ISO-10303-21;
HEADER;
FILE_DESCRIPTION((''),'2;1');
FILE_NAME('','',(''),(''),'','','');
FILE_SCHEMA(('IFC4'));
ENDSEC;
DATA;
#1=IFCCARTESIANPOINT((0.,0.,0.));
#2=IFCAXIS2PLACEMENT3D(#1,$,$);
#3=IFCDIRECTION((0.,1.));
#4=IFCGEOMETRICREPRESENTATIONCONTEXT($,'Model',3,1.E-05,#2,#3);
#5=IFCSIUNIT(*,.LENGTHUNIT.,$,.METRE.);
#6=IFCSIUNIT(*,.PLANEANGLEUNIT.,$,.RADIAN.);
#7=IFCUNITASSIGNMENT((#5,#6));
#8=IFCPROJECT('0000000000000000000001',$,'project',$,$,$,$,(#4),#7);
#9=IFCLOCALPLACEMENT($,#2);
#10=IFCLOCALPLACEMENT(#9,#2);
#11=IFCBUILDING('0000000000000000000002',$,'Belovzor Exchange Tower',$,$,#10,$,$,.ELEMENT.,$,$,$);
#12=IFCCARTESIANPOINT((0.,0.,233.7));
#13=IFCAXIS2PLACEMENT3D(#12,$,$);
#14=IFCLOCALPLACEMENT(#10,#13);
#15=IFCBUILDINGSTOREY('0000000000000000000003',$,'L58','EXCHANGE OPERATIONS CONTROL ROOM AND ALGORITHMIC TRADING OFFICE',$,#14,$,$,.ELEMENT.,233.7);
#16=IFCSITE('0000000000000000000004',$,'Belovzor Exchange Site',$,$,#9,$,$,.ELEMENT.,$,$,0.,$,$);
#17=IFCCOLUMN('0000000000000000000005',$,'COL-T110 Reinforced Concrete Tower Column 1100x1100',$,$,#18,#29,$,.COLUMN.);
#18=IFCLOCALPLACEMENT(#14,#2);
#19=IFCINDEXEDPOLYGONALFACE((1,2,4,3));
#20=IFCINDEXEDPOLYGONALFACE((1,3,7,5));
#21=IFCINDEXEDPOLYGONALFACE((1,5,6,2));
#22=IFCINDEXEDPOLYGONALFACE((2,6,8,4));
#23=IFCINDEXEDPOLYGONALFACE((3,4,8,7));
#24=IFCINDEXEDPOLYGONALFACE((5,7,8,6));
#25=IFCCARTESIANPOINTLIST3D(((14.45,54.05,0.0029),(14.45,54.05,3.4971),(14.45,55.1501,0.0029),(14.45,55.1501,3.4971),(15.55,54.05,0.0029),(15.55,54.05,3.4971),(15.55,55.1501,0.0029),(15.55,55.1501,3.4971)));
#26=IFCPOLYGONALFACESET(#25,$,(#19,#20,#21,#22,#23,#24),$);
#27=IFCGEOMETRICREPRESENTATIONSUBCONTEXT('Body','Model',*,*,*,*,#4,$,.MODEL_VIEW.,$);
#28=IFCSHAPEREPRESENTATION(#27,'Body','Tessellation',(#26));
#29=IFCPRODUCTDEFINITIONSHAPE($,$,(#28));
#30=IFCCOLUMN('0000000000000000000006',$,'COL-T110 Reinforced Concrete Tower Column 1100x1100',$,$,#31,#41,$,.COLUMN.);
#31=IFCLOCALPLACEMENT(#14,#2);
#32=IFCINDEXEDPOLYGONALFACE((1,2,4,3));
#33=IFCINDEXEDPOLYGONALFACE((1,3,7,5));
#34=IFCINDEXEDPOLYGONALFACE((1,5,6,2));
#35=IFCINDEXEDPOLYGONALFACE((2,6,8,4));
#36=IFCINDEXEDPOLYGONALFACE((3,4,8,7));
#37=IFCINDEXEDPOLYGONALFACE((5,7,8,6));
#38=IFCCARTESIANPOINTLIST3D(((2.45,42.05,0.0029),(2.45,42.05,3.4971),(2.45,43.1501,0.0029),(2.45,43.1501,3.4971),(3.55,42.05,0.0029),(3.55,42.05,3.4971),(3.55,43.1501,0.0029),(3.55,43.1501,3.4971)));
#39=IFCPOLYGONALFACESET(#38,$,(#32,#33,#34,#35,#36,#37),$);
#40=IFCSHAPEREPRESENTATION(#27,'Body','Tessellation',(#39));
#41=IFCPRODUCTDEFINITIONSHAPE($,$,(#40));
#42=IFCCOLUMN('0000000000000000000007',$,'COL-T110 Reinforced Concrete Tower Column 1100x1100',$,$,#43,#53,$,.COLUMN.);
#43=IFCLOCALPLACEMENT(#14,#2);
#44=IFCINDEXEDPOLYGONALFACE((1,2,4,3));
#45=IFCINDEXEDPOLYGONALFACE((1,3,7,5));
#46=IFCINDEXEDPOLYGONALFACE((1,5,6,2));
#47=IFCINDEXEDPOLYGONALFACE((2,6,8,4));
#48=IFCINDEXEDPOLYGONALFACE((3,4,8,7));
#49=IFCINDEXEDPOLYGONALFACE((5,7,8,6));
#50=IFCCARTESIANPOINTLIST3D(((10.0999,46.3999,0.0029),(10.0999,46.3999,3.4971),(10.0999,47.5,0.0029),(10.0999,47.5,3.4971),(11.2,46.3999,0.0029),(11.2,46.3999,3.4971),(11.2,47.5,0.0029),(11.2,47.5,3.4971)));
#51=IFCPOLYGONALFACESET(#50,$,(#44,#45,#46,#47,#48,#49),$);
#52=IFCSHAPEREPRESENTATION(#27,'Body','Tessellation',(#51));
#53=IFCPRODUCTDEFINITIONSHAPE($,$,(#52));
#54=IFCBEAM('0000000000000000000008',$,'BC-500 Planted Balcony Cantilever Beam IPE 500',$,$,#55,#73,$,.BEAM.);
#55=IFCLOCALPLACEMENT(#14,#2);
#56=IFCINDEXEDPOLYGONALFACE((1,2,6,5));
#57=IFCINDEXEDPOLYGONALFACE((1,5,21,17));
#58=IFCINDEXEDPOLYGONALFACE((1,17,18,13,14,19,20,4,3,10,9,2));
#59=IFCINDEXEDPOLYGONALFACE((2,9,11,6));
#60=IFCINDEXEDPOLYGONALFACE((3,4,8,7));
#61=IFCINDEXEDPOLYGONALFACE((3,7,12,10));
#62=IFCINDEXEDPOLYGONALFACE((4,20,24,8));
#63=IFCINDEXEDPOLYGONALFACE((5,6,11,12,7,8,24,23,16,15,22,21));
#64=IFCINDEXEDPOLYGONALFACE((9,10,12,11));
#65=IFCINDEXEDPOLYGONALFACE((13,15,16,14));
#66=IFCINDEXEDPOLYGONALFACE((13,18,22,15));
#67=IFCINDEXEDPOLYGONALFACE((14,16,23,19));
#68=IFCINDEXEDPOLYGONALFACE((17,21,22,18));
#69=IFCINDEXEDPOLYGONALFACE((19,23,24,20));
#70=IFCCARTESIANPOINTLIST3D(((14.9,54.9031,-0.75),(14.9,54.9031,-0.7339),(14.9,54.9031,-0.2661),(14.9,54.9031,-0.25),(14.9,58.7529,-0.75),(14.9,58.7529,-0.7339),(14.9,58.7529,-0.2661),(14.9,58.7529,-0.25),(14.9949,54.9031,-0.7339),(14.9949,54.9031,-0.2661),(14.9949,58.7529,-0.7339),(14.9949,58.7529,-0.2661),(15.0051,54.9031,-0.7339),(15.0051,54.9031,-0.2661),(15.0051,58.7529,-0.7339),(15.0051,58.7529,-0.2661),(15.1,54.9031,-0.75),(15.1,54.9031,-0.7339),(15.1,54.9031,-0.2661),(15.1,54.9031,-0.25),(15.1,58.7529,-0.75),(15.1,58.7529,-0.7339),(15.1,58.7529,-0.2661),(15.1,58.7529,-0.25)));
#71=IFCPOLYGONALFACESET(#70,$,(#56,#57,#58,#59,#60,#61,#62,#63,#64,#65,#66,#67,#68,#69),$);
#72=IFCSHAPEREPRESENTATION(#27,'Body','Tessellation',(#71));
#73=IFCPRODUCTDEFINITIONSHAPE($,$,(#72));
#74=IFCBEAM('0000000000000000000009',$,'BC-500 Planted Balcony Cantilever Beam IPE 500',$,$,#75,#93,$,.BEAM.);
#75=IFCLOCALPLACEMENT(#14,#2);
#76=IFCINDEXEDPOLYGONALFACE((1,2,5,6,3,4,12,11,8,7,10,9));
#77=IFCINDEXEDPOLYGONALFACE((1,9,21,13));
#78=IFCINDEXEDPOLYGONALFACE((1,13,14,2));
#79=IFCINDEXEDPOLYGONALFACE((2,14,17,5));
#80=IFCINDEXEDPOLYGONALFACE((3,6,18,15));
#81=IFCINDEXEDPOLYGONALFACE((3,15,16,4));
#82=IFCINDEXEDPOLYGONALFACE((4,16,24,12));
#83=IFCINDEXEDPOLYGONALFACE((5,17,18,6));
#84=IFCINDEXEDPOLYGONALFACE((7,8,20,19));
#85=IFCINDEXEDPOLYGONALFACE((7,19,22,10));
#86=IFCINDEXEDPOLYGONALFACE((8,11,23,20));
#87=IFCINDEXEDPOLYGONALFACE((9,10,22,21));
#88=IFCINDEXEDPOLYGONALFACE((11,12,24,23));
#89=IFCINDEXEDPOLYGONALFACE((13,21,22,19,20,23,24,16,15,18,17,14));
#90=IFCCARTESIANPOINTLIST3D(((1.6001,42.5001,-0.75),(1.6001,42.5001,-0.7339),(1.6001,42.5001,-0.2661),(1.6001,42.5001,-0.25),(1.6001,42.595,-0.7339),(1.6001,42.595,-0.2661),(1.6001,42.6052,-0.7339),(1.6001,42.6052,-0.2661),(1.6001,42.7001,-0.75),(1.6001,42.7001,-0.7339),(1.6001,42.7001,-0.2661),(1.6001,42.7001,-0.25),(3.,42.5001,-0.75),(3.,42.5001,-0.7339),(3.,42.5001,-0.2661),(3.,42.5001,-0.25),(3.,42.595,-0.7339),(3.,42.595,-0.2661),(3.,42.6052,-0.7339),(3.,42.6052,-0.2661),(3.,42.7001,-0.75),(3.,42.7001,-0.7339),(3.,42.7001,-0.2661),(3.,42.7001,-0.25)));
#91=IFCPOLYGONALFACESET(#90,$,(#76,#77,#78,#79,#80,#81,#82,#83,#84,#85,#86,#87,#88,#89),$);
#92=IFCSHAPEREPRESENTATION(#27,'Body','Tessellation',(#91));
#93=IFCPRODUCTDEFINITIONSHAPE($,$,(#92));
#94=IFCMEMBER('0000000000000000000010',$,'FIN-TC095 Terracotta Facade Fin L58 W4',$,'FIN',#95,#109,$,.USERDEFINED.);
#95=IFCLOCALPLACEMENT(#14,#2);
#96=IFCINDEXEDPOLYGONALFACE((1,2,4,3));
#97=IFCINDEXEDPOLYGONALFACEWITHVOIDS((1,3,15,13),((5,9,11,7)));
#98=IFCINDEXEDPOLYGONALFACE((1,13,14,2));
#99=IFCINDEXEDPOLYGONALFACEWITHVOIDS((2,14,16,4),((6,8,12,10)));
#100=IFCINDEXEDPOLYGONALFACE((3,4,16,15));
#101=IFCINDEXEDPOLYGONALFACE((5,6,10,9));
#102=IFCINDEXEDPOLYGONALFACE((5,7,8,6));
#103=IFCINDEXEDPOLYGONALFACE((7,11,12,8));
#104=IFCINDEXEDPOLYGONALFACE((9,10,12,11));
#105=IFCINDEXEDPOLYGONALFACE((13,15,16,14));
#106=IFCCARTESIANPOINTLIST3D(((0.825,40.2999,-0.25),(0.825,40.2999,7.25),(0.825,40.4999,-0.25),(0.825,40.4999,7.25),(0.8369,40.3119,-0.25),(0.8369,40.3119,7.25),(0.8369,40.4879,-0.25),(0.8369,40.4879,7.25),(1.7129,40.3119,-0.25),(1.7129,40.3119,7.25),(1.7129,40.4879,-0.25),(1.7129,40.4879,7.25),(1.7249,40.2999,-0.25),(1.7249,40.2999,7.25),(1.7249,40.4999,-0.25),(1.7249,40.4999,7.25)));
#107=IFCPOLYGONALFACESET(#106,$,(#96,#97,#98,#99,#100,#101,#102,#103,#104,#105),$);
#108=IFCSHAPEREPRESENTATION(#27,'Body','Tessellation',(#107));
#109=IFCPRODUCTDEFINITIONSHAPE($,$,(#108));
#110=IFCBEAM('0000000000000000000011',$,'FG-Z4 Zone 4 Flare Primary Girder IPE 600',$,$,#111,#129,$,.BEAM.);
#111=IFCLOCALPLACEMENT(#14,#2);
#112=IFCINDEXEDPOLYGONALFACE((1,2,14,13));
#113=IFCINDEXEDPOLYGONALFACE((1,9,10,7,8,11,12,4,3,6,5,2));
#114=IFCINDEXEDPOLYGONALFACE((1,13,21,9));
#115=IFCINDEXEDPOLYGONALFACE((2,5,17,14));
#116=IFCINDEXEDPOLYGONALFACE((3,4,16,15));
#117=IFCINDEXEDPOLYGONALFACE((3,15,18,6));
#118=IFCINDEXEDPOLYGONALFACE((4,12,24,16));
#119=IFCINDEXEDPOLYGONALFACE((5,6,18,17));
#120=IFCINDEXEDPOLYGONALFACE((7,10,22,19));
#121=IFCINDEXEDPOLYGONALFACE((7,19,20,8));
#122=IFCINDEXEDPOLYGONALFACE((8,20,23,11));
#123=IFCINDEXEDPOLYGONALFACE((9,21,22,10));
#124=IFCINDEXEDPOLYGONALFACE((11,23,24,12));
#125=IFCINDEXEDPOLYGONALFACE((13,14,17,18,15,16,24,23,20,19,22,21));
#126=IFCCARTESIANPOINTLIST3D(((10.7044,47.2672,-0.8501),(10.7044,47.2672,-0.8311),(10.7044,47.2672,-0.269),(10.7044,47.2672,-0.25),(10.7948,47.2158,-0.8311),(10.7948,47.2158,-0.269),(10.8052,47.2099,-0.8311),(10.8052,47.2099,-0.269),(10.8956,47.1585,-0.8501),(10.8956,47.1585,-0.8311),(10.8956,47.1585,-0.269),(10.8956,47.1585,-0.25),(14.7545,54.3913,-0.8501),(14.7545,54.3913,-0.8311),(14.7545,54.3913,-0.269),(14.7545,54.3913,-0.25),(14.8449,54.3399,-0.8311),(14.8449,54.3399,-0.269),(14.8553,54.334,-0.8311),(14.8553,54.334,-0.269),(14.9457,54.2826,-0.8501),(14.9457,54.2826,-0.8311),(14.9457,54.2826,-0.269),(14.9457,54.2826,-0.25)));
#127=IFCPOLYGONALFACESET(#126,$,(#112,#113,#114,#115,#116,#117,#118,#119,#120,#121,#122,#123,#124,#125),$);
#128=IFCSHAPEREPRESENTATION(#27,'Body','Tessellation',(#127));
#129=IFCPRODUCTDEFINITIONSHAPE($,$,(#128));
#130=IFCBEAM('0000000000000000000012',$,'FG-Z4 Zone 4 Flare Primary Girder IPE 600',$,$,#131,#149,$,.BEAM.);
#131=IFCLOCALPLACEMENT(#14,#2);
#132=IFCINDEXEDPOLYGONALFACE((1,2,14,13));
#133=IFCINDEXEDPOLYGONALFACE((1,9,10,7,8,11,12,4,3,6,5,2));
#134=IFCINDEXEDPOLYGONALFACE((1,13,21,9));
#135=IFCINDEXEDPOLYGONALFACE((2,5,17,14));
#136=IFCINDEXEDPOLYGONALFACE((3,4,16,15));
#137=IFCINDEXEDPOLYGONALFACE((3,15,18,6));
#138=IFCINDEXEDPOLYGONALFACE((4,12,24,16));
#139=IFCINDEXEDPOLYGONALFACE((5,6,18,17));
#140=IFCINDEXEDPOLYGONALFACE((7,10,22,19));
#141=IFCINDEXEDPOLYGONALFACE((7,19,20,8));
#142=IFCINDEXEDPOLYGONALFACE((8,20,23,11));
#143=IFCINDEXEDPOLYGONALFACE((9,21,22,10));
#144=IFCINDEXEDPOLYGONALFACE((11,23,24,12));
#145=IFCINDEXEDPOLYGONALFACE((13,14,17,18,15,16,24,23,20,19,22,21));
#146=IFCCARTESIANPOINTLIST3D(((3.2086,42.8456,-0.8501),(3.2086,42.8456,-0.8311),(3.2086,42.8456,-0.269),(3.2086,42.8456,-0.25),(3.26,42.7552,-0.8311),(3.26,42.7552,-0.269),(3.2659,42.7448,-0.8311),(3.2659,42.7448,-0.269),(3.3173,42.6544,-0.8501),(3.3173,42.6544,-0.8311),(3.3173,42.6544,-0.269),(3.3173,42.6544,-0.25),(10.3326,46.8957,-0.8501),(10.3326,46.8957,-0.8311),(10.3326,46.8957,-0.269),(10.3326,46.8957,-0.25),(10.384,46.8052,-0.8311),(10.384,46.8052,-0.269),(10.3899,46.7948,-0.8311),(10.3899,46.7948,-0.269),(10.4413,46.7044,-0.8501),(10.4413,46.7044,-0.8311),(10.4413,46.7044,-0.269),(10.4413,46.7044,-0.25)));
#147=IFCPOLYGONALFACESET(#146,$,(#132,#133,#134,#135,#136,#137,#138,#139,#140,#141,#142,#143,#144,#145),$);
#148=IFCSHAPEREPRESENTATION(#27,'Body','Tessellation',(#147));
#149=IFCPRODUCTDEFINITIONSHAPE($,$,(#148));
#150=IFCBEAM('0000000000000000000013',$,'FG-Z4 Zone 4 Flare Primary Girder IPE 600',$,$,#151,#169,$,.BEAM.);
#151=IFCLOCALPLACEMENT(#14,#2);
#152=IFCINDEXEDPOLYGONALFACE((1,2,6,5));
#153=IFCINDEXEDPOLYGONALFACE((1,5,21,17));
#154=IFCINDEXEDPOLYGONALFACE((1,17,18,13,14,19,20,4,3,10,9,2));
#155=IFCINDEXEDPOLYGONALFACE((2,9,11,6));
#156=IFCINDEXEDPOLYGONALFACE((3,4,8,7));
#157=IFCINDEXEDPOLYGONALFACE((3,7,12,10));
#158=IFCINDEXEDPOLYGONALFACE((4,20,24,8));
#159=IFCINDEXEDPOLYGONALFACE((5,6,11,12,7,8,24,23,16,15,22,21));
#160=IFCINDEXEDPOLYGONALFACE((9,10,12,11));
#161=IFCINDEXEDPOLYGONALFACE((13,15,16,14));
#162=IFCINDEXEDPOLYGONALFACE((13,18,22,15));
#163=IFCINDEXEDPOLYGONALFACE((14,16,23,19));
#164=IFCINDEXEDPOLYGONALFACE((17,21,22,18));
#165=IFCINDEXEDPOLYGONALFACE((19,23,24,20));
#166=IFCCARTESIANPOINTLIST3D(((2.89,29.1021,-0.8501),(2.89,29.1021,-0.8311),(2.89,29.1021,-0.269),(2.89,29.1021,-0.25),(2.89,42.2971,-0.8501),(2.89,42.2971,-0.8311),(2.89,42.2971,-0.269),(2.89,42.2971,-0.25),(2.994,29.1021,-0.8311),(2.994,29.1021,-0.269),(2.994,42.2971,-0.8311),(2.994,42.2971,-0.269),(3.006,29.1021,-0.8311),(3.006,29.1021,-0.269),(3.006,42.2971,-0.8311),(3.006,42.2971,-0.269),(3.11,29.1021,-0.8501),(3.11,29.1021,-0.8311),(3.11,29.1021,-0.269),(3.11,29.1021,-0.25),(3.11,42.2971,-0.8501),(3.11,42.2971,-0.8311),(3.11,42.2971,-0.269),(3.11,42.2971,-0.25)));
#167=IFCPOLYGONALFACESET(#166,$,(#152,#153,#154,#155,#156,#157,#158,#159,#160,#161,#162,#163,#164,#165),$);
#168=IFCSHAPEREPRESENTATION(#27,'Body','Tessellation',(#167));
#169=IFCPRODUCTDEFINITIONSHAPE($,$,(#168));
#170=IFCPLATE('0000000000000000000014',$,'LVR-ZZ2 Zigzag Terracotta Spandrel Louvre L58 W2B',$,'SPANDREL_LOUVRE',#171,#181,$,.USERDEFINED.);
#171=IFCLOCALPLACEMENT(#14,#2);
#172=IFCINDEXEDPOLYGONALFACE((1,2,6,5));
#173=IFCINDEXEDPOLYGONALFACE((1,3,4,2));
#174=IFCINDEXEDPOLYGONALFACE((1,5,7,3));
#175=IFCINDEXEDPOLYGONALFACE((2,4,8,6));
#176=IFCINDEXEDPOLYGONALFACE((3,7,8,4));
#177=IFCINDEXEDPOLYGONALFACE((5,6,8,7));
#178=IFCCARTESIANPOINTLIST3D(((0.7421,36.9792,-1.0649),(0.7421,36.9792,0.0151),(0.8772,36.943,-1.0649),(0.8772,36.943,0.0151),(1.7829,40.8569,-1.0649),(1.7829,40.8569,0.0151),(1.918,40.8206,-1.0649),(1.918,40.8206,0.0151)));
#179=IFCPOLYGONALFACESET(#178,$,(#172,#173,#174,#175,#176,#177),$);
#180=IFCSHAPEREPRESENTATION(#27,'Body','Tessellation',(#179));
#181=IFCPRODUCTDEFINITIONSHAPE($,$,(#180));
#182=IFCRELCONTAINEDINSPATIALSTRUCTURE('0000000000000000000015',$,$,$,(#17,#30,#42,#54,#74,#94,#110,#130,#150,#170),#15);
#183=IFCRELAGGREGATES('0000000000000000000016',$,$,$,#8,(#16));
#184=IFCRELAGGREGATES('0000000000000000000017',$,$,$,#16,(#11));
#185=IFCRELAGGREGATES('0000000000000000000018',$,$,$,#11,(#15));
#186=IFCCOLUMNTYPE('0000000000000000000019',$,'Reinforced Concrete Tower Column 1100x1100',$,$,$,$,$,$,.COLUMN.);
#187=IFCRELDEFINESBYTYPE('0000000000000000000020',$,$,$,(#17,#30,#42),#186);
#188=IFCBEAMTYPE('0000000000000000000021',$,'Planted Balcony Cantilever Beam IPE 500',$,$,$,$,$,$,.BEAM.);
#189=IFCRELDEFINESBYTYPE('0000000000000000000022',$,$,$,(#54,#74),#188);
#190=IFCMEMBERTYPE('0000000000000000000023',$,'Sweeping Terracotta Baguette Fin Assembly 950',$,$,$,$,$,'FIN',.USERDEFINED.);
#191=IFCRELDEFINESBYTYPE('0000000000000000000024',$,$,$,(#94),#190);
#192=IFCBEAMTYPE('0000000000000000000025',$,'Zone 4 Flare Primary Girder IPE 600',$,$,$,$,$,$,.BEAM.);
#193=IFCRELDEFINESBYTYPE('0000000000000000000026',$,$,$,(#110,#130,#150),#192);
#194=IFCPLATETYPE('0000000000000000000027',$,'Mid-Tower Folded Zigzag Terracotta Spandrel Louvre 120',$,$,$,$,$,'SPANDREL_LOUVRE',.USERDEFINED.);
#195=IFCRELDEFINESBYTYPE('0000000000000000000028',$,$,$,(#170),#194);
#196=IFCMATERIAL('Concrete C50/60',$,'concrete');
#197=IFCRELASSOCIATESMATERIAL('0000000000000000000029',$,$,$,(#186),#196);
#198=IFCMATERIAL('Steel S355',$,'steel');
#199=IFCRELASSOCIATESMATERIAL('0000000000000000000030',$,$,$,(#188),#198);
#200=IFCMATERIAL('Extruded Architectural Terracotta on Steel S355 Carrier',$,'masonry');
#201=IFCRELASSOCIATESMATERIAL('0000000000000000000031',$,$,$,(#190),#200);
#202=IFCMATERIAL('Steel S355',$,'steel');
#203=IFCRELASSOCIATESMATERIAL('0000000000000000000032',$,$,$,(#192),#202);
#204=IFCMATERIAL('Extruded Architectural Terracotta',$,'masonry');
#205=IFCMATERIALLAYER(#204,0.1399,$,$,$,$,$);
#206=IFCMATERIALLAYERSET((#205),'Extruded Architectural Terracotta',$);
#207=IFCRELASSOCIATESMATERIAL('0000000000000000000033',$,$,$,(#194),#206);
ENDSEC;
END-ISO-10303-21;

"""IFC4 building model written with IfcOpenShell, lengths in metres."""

from ifc_helpers import new_model, si_unit, direction, frame, origin, origin_2d, place, context, subcontext, project, spatial, rectangle, hollow_rectangle, i_section, extrude, material, layer, layer_set, material_profile, profile_set, type_object, element, save


model = new_model("IFC4")

# Units and contexts
model_context = context("Model", 3, precision=1e-05, world=origin(), true_north=direction((0.0, 1.0)))
body_context = subcontext(model_context, "Body", "Model", "MODEL_VIEW")
ifc_project = project(units=[si_unit("LENGTHUNIT", "METRE"), si_unit("PLANEANGLEUNIT", "RADIAN")], contexts=[model_context])

# Site, building, storey
site_placement = place(None, origin())
site = spatial("IfcSite", under=ifc_project, at=site_placement, Name="Belovzor Exchange Site", CompositionType="ELEMENT", RefElevation=0.0)
building_placement = place(site_placement, origin())
building = spatial("IfcBuilding", under=site, at=building_placement, Name="Belovzor Exchange Tower", CompositionType="ELEMENT")
storey_placement = place(building_placement, frame((0.0, 0.0, 233.7)))
storey = spatial("IfcBuildingStorey", under=building, at=storey_placement, Name="L58", Description="EXCHANGE OPERATIONS CONTROL ROOM AND ALGORITHMIC TRADING OFFICE", CompositionType="ELEMENT", Elevation=233.7)

# Columns
ifc_material_1 = material(Name="Concrete C50/60", Category="concrete")
ifc_material_profile_1 = material_profile(ifc_material_1, rectangle(XDim=1.1001, YDim=1.1001, at=origin_2d()))
ifc_profile_set_1 = profile_set([ifc_material_profile_1], Name="Concrete C50/60")
column_type = type_object("IfcColumnType", Name="Reinforced Concrete Tower Column 1100x1100", PredefinedType="COLUMN", material=ifc_profile_set_1)
for number, where, z_axis, x_axis, name in (
    (1, (15.0, 54.6001, 0.0029), (0.0, 0.0, 1.0), (1.0, 0.0, 0.0), "COL-T110 Reinforced Concrete Tower Column 1100x1100"),
    (2, (3.0, 42.6001, 0.0029), (0.0, 0.0, 1.0), (1.0, 0.0, 0.0), "COL-T110 Reinforced Concrete Tower Column 1100x1100"),
    (3, (10.6499, 46.95, 0.0029), (0.0, 0.0, 1.0), (1.0, 0.0, 0.0), "COL-T110 Reinforced Concrete Tower Column 1100x1100"),
):
    element("IfcColumn", number, at=place(storey_placement, frame(where, z_axis=z_axis, x_axis=x_axis)), inside=storey, type_object=column_type, Name=name, PredefinedType="COLUMN", context=body_context, shape_type="SweptSolid", body=[
        extrude(rectangle(XDim=1.1001, YDim=1.1001, at=origin_2d()), origin(), (0.0, 0.0, 1.0), 3.4941),
    ])

# Beams
ifc_material_2 = material(Name="Steel S355", Category="steel")
ifc_material_profile_2 = material_profile(ifc_material_2, i_section(OverallWidth=0.2, OverallDepth=0.5, WebThickness=0.0103, FlangeThickness=0.0161, at=origin_2d()))
ifc_profile_set_2 = profile_set([ifc_material_profile_2], Name="Steel S355")
beam_type_1 = type_object("IfcBeamType", Name="Planted Balcony Cantilever Beam IPE 500", PredefinedType="BEAM", material=ifc_profile_set_2)
beam_1_placement = place(storey_placement, frame((15.0, 54.9031, -0.5), z_axis=(0.0, 1.0, 0.0), x_axis=(-1.0, 0.0, 0.0)))
element("IfcBeam", 4, at=beam_1_placement, inside=storey, type_object=beam_type_1, Name="BC-500 Planted Balcony Cantilever Beam IPE 500", PredefinedType="BEAM", context=body_context, shape_type="SweptSolid", body=[
    extrude(i_section(OverallWidth=0.2, OverallDepth=0.5, WebThickness=0.0103, FlangeThickness=0.0161, at=origin_2d()), origin(), (0.0, 0.0, 1.0), 3.8499),
])
beam_2_placement = place(storey_placement, frame((3.0, 42.6001, -0.5), z_axis=(-1.0, 0.0, 0.0), x_axis=(0.0, -1.0, 0.0)))
element("IfcBeam", 5, at=beam_2_placement, inside=storey, type_object=beam_type_1, Name="BC-500 Planted Balcony Cantilever Beam IPE 500", PredefinedType="BEAM", context=body_context, shape_type="SweptSolid", body=[
    extrude(i_section(OverallWidth=0.2, OverallDepth=0.5, WebThickness=0.0103, FlangeThickness=0.0161, at=origin_2d()), origin(), (0.0, 0.0, 1.0), 1.3999),
])

# Member
ifc_material_3 = material(Name="Extruded Architectural Terracotta on Steel S355 Carrier", Category="masonry")
ifc_material_profile_3 = material_profile(ifc_material_3, hollow_rectangle(XDim=0.2, YDim=0.8999, WallThickness=0.012, at=origin_2d()))
ifc_profile_set_3 = profile_set([ifc_material_profile_3], Name="Extruded Architectural Terracotta on Steel S355 Carrier")
member_type = type_object("IfcMemberType", Name="Sweeping Terracotta Baguette Fin Assembly 950", ElementType="FIN", PredefinedType="USERDEFINED", material=ifc_profile_set_3)
member_placement = place(storey_placement, frame((1.2749, 40.3999, -0.25), z_axis=(0.0, 0.0, 1.0), x_axis=(0.0, 1.0, 0.0)))
element("IfcMember", 6, at=member_placement, inside=storey, type_object=member_type, Name="FIN-TC095 Terracotta Facade Fin L58 W4", ObjectType="FIN", PredefinedType="USERDEFINED", context=body_context, shape_type="SweptSolid", body=[
    extrude(hollow_rectangle(XDim=0.2, YDim=0.8999, WallThickness=0.012, at=origin_2d()), origin(), (0.0, 0.0, 1.0), 7.5),
])

# Beams
ifc_material_4 = material(Name="Steel S355", Category="steel")
ifc_material_profile_4 = material_profile(ifc_material_4, i_section(OverallWidth=0.22, OverallDepth=0.6001, WebThickness=0.012, FlangeThickness=0.019, at=origin_2d()))
ifc_profile_set_4 = profile_set([ifc_material_profile_4], Name="Steel S355")
beam_type_2 = type_object("IfcBeamType", Name="Zone 4 Flare Primary Girder IPE 600", PredefinedType="BEAM", material=ifc_profile_set_4)
for number, where, z_axis, x_axis, name in (
    (7, (14.8501, 54.3369, -0.55), (-0.494222, -0.869336, 0.0), (0.869336, -0.494222, 0.0), "FG-Z4 Zone 4 Flare Primary Girder IPE 600"),
    (8, (10.387, 46.8, -0.55), (-0.869336, -0.494222, 0.0), (0.494222, -0.869336, 0.0), "FG-Z4 Zone 4 Flare Primary Girder IPE 600"),
):
    element("IfcBeam", number, at=place(storey_placement, frame(where, z_axis=z_axis, x_axis=x_axis)), inside=storey, type_object=beam_type_2, Name=name, PredefinedType="BEAM", context=body_context, shape_type="SweptSolid", body=[
        extrude(i_section(OverallWidth=0.22, OverallDepth=0.6001, WebThickness=0.012, FlangeThickness=0.019, at=origin_2d()), origin(), (0.0, 0.0, 1.0), 8.1948),
    ])
beam_3_placement = place(storey_placement, frame((3.0, 42.2971, -0.55), z_axis=(0.0, -1.0, 0.0), x_axis=(1.0, 0.0, 0.0)))
element("IfcBeam", 9, at=beam_3_placement, inside=storey, type_object=beam_type_2, Name="FG-Z4 Zone 4 Flare Primary Girder IPE 600", PredefinedType="BEAM", context=body_context, shape_type="SweptSolid", body=[
    extrude(i_section(OverallWidth=0.22, OverallDepth=0.6001, WebThickness=0.012, FlangeThickness=0.019, at=origin_2d()), origin(), (0.0, 0.0, 1.0), 13.1951),
])

# Plate
ifc_material_5 = material(Name="Extruded Architectural Terracotta", Category="masonry")
ifc_layer_1 = layer(ifc_material_5, 0.1399)
ifc_layer_set_1 = layer_set([ifc_layer_1], Name="Extruded Architectural Terracotta")
plate_type = type_object("IfcPlateType", Name="Mid-Tower Folded Zigzag Terracotta Spandrel Louvre 120", ElementType="SPANDREL_LOUVRE", PredefinedType="USERDEFINED", material=ifc_layer_set_1)
plate_placement = place(storey_placement, frame((1.3301, 38.8999, -1.0649), z_axis=(0.0, 0.0, 1.0), x_axis=(0.25924, 0.965813, 0.0)))
element("IfcPlate", 10, at=plate_placement, inside=storey, type_object=plate_type, Name="LVR-ZZ2 Zigzag Terracotta Spandrel Louvre L58 W2B", ObjectType="SPANDREL_LOUVRE", PredefinedType="USERDEFINED", context=body_context, shape_type="SweptSolid", body=[
    extrude(rectangle(XDim=4.0149, YDim=0.1399, at=origin_2d()), origin(), (0.0, 0.0, 1.0), 1.0801),
])

save(model, "model.ifc")
